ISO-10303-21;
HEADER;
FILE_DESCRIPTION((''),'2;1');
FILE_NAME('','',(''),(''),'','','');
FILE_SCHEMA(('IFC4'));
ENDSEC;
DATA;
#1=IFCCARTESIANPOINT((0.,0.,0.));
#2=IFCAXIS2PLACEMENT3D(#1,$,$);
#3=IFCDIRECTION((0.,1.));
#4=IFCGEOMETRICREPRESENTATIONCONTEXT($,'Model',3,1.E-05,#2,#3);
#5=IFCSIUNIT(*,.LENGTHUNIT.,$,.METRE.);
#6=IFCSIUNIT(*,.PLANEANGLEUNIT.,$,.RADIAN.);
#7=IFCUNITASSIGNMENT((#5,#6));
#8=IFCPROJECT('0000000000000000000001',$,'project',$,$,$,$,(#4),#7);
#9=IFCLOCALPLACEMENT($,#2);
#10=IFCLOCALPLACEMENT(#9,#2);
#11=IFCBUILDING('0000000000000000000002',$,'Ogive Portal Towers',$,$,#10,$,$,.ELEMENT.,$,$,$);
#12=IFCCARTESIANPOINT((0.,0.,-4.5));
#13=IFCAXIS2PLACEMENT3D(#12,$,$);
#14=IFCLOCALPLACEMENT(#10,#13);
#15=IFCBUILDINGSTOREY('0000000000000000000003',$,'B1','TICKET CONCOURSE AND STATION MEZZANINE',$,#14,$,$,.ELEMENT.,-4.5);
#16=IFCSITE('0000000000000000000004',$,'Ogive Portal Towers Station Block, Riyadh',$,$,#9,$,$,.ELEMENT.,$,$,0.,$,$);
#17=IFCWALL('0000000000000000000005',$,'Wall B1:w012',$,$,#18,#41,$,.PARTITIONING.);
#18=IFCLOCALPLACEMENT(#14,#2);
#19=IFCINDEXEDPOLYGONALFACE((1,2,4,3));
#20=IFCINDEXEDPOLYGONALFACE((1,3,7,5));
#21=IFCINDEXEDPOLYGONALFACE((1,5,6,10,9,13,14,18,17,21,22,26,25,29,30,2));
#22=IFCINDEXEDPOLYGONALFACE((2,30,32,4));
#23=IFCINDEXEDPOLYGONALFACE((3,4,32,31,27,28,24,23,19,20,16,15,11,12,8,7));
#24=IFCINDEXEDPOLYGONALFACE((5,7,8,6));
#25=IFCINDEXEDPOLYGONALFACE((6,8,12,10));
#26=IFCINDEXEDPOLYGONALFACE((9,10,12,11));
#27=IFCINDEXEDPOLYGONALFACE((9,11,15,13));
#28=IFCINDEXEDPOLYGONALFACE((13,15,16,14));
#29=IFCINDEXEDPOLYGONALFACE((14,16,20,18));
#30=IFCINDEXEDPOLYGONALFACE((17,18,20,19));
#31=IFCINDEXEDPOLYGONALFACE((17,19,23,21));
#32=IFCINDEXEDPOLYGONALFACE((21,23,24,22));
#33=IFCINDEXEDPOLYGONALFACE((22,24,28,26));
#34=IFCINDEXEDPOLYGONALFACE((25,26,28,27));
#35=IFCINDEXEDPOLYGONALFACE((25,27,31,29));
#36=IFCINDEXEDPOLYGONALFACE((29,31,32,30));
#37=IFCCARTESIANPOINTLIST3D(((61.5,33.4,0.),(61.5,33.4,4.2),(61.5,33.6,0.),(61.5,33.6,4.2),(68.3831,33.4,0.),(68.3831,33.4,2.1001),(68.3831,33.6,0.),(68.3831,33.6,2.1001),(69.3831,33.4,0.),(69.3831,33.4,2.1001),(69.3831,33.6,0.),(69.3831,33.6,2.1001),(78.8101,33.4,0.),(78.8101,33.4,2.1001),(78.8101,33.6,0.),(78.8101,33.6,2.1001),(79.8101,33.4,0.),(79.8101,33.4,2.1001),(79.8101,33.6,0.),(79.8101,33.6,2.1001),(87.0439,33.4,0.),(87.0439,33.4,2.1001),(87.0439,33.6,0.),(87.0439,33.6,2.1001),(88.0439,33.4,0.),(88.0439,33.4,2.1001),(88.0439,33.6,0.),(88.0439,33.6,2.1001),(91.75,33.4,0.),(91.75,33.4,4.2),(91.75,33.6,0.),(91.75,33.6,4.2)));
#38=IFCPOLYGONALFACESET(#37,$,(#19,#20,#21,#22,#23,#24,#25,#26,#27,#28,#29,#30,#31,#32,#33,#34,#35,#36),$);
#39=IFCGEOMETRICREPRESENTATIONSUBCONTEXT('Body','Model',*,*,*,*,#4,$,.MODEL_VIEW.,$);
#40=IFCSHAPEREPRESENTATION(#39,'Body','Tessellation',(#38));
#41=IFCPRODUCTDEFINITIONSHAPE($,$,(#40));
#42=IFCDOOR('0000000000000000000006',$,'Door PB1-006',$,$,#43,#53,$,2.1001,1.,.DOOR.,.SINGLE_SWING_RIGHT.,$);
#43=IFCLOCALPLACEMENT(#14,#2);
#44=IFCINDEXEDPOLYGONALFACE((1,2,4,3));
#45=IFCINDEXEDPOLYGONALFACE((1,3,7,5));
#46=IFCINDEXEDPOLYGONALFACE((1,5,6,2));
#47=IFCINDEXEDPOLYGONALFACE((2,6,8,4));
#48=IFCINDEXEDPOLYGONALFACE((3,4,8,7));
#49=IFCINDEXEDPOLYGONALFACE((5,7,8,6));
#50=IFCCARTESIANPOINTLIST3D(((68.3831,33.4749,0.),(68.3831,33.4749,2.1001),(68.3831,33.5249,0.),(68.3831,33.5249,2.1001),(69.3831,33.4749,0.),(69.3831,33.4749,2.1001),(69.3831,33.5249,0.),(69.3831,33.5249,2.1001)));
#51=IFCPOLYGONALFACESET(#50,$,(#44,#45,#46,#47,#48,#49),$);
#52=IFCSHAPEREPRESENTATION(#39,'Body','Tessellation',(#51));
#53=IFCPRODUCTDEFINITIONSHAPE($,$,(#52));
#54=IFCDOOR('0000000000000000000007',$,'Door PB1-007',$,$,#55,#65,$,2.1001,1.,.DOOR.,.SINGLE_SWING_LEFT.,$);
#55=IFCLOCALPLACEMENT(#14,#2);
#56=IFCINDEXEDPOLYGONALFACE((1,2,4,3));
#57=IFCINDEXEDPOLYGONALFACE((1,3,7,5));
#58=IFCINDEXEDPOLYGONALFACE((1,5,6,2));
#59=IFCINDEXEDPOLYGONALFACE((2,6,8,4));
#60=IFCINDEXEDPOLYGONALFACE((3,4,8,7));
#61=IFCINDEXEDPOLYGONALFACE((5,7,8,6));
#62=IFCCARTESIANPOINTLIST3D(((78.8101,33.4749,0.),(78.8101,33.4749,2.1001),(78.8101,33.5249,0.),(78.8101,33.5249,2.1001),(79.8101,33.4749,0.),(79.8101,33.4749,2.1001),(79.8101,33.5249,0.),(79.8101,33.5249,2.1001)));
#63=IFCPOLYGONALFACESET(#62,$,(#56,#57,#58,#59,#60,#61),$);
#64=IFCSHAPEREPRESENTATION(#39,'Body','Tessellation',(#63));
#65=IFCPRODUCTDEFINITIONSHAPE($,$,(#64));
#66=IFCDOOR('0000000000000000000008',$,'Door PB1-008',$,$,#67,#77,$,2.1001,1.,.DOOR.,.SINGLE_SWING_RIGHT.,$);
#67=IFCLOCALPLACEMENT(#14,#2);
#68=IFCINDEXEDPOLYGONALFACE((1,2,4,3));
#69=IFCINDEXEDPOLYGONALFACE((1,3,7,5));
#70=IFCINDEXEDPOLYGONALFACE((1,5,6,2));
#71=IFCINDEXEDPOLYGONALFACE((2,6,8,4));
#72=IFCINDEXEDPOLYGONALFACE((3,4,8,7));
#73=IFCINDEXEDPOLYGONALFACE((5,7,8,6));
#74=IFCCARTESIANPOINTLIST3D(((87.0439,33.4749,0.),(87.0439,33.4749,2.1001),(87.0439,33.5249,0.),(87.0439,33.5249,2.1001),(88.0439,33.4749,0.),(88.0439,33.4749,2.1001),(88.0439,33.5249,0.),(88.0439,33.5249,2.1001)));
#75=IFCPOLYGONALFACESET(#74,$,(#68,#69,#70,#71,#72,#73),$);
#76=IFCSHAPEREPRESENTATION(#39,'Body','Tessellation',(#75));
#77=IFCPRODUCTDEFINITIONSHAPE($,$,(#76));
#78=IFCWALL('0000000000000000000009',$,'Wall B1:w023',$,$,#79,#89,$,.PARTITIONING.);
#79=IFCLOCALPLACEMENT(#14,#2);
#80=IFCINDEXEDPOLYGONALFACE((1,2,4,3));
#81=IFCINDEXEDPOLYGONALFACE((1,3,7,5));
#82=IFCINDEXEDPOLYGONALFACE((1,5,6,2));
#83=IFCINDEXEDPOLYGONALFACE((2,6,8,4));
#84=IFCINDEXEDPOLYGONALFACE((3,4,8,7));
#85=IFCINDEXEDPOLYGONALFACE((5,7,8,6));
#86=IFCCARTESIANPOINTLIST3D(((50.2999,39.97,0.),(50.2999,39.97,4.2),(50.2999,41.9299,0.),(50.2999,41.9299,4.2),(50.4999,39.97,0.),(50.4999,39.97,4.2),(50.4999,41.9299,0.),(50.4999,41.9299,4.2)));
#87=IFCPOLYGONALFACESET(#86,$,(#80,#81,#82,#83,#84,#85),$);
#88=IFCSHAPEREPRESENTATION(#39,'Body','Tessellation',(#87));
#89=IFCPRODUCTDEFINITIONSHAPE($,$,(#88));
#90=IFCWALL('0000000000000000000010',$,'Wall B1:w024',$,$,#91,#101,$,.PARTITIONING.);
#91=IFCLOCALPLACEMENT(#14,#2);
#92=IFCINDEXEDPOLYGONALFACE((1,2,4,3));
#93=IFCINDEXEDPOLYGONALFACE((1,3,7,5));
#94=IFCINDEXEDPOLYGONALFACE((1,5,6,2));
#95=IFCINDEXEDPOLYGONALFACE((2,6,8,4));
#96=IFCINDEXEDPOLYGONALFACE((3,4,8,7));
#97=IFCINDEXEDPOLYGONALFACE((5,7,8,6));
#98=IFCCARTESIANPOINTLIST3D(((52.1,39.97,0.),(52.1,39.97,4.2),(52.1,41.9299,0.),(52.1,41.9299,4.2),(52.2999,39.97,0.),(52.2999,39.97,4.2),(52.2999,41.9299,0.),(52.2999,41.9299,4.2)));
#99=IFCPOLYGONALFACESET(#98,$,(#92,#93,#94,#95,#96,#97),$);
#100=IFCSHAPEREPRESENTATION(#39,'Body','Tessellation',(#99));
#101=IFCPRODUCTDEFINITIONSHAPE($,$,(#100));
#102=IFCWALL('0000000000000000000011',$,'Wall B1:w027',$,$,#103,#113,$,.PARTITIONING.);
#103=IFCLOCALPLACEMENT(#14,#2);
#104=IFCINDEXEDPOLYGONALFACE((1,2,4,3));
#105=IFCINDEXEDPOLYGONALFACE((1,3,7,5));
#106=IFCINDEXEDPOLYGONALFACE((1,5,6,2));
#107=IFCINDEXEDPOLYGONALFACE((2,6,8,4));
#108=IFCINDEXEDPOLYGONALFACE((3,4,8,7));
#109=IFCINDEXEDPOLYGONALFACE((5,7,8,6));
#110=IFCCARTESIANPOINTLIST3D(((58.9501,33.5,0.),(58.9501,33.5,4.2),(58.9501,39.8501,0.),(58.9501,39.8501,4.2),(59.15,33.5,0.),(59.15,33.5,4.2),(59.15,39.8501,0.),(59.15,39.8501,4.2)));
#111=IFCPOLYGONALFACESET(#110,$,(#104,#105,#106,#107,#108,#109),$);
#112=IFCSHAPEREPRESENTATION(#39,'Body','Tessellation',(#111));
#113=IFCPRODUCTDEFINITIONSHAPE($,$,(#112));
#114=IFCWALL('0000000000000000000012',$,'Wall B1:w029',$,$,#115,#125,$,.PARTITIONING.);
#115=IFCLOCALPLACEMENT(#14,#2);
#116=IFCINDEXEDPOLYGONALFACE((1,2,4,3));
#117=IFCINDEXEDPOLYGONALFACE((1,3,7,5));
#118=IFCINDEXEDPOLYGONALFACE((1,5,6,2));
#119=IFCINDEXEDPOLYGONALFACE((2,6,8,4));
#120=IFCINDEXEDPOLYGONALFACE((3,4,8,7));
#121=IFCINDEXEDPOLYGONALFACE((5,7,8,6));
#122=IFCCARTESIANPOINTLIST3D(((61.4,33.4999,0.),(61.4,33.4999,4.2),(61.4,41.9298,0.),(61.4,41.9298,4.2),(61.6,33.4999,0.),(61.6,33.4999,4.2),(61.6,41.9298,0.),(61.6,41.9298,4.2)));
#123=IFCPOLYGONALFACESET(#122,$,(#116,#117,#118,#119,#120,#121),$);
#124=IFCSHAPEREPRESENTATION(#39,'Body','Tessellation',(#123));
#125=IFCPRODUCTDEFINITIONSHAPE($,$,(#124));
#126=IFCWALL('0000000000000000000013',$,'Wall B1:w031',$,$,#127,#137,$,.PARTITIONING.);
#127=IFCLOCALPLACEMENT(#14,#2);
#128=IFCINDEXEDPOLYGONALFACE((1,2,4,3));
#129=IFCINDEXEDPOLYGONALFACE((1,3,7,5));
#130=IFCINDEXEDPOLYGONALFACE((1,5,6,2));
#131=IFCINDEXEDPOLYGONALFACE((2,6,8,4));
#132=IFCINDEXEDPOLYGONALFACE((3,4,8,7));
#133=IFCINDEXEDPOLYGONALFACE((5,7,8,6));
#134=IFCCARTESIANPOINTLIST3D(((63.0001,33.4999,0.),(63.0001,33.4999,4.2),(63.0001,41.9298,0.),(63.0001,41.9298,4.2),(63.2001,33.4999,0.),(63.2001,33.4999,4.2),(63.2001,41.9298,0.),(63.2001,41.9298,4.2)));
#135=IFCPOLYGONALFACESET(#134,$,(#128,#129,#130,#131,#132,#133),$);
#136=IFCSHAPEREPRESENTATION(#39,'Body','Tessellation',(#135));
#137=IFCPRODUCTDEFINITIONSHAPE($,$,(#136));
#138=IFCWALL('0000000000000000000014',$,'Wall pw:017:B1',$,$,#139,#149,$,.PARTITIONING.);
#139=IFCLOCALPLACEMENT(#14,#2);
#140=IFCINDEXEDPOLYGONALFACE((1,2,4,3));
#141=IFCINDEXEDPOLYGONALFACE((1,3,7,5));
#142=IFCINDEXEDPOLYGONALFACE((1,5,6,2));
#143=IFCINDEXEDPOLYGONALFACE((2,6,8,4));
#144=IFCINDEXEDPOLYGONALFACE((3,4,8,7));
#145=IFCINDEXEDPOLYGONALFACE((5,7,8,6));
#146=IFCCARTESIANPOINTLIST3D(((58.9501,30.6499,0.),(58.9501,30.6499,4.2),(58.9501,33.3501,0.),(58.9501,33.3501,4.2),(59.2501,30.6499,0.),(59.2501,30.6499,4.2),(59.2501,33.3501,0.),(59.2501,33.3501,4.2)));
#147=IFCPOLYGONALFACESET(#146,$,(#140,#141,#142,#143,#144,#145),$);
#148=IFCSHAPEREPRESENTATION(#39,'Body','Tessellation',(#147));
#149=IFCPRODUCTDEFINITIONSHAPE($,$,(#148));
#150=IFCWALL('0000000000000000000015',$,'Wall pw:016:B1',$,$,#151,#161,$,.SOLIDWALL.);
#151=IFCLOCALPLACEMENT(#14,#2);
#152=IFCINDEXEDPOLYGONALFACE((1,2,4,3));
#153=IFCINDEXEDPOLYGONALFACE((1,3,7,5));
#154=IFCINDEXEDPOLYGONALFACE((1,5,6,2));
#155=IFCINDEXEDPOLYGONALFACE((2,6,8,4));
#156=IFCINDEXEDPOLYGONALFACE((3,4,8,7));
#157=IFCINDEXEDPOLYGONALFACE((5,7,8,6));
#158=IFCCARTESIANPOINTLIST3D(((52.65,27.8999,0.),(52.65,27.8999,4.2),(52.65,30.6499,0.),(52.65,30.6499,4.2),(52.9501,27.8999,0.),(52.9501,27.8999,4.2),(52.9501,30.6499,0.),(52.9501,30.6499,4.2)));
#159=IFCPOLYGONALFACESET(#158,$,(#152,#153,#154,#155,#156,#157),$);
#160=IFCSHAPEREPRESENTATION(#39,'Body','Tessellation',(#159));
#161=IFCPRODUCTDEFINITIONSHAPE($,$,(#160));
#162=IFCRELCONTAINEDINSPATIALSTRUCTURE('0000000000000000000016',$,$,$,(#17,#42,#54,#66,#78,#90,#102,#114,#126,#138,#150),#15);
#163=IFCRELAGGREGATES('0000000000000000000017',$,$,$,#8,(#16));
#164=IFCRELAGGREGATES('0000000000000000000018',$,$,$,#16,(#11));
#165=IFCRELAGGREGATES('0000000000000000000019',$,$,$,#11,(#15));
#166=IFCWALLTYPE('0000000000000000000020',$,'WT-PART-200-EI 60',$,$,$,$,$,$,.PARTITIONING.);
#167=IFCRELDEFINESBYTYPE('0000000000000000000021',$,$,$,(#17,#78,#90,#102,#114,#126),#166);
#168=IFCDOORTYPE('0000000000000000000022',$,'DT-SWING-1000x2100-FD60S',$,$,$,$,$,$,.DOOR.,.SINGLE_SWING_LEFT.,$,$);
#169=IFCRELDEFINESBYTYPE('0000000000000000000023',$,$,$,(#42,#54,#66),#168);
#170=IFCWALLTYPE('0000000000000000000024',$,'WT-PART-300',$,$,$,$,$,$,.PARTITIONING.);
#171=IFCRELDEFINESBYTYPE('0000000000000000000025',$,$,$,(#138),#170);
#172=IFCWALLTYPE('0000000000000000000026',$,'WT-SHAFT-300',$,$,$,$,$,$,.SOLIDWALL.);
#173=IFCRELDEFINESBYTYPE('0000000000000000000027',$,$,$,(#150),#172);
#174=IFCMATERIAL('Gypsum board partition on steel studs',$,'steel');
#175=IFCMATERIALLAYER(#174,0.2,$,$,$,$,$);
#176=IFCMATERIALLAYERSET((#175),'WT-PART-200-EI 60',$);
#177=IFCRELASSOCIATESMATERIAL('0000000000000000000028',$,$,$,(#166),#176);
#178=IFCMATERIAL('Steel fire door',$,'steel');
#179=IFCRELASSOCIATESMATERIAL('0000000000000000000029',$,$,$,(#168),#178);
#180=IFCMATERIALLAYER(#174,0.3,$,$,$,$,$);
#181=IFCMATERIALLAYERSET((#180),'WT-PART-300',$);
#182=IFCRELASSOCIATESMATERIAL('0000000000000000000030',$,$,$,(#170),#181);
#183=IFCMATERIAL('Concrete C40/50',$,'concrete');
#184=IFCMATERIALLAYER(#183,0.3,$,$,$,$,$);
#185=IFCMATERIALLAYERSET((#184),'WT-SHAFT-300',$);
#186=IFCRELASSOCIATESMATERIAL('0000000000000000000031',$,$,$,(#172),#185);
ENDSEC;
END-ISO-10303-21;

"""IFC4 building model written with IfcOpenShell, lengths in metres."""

from ifc_helpers import new_model, si_unit, direction, frame, frame_2d, origin, place, context, subcontext, project, spatial, rectangle, extrude, material, layer, layer_set, type_object, element, fill, save


model = new_model("IFC4")

# Units and contexts
model_context = context("Model", 3, precision=1e-05, world=origin(), true_north=direction((0.0, 1.0)))
body_context = subcontext(model_context, "Body", "Model", "MODEL_VIEW")
ifc_project = project(units=[si_unit("LENGTHUNIT", "METRE"), si_unit("PLANEANGLEUNIT", "RADIAN")], contexts=[model_context])

# Site, building, storey
site_placement = place(None, origin())
site = spatial("IfcSite", under=ifc_project, at=site_placement, Name="Ogive Portal Towers Station Block, Riyadh", CompositionType="ELEMENT", RefElevation=0.0)
building_placement = place(site_placement, origin())
building = spatial("IfcBuilding", under=site, at=building_placement, Name="Ogive Portal Towers", CompositionType="ELEMENT")
storey_placement = place(building_placement, frame((0.0, 0.0, -4.5)))
storey = spatial("IfcBuildingStorey", under=building, at=storey_placement, Name="B1", Description="TICKET CONCOURSE AND STATION MEZZANINE", CompositionType="ELEMENT", Elevation=-4.5)

# Shared definitions
ifc_material_1 = material(Name="Gypsum board partition on steel studs", Category="steel")
ifc_layer_1 = layer(ifc_material_1, 0.2)
ifc_layer_set_1 = layer_set([ifc_layer_1], Name="WT-PART-200-EI 60")
wall_type_1 = type_object("IfcWallType", Name="WT-PART-200-EI 60", PredefinedType="PARTITIONING", material=ifc_layer_set_1)
ifc_material_2 = material(Name="Steel fire door", Category="steel")

# Wall, openings, doors
wall_1_placement = place(storey_placement, frame((61.5, 33.5, 0.0), z_axis=(0.0, 0.0, 1.0), x_axis=(1.0, 0.0, 0.0)))
wall_1 = element("IfcWall", 1, at=wall_1_placement, inside=storey, type_object=wall_type_1, Name="Wall B1:w012", PredefinedType="PARTITIONING", context=body_context, shape_type="SweptSolid", body=[
    extrude(rectangle(XDim=30.25, YDim=0.2, at=frame_2d((15.125, 0.0))), origin(), (0.0, 0.0, 1.0), 4.2),
])
opening_1_placement = place(wall_1_placement, frame((6.8831, 0.0, 0.0)))
opening_1 = element("IfcOpeningElement", 2, at=opening_1_placement, cuts=wall_1, PredefinedType="OPENING", context=body_context, shape_type="SweptSolid", body=[
    extrude(rectangle(XDim=1.0, YDim=2.1001, at=frame_2d((0.5, 1.05))), frame((0.0, 0.1099, 0.0), z_axis=(0.0, -1.0, 0.0), x_axis=(1.0, 0.0, 0.0)), (0.0, 0.0, 1.0), 0.22),
])
opening_2_placement = place(wall_1_placement, frame((17.3101, 0.0, 0.0)))
opening_2 = element("IfcOpeningElement", 3, at=opening_2_placement, cuts=wall_1, PredefinedType="OPENING", context=body_context, shape_type="SweptSolid", body=[
    extrude(rectangle(XDim=1.0, YDim=2.1001, at=frame_2d((0.5, 1.05))), frame((0.0, 0.1099, 0.0), z_axis=(0.0, -1.0, 0.0), x_axis=(1.0, 0.0, 0.0)), (0.0, 0.0, 1.0), 0.22),
])
opening_3_placement = place(wall_1_placement, frame((25.5439, 0.0, 0.0)))
opening_3 = element("IfcOpeningElement", 4, at=opening_3_placement, cuts=wall_1, PredefinedType="OPENING", context=body_context, shape_type="SweptSolid", body=[
    extrude(rectangle(XDim=1.0, YDim=2.1001, at=frame_2d((0.5, 1.05))), frame((0.0, 0.1099, 0.0), z_axis=(0.0, -1.0, 0.0), x_axis=(1.0, 0.0, 0.0)), (0.0, 0.0, 1.0), 0.22),
])
door_type_1 = type_object("IfcDoorType", Name="DT-SWING-1000x2100-FD60S", OperationType="SINGLE_SWING_LEFT", PredefinedType="DOOR", material=ifc_material_2)
door_1_placement = place(opening_1_placement, origin())
door_1 = element("IfcDoor", 5, at=door_1_placement, inside=storey, type_object=door_type_1, Name="Door PB1-006", OperationType="SINGLE_SWING_RIGHT", OverallHeight=2.1001, OverallWidth=1.0, PredefinedType="DOOR", context=body_context, shape_type="SweptSolid", body=[
    extrude(rectangle(XDim=1.0, YDim=2.1001, at=frame_2d((0.5, 1.05))), frame((0.0, 0.0249, 0.0), z_axis=(0.0, -1.0, 0.0), x_axis=(1.0, 0.0, 0.0)), (0.0, 0.0, 1.0), 0.05),
])
fill(opening_1, door_1)
door_2_placement = place(opening_2_placement, origin())
door_2 = element("IfcDoor", 6, at=door_2_placement, inside=storey, type_object=door_type_1, Name="Door PB1-007", OperationType="SINGLE_SWING_LEFT", OverallHeight=2.1001, OverallWidth=1.0, PredefinedType="DOOR", context=body_context, shape_type="SweptSolid", body=[
    extrude(rectangle(XDim=1.0, YDim=2.1001, at=frame_2d((0.5, 1.05))), frame((0.0, 0.0249, 0.0), z_axis=(0.0, -1.0, 0.0), x_axis=(1.0, 0.0, 0.0)), (0.0, 0.0, 1.0), 0.05),
])
fill(opening_2, door_2)
door_3_placement = place(opening_3_placement, origin())
door_3 = element("IfcDoor", 7, at=door_3_placement, inside=storey, type_object=door_type_1, Name="Door PB1-008", OperationType="SINGLE_SWING_RIGHT", OverallHeight=2.1001, OverallWidth=1.0, PredefinedType="DOOR", context=body_context, shape_type="SweptSolid", body=[
    extrude(rectangle(XDim=1.0, YDim=2.1001, at=frame_2d((0.5, 1.05))), frame((0.0, 0.0249, 0.0), z_axis=(0.0, -1.0, 0.0), x_axis=(1.0, 0.0, 0.0)), (0.0, 0.0, 1.0), 0.05),
])
fill(opening_3, door_3)

# Walls
for number, where, z_axis, x_axis, name in (
    (8, (50.3999, 39.97, 0.0), (0.0, 0.0, 1.0), (0.0, 1.0, 0.0), "Wall B1:w023"),
    (9, (52.2, 39.97, 0.0), (0.0, 0.0, 1.0), (0.0, 1.0, 0.0), "Wall B1:w024"),
):
    element("IfcWall", number, at=place(storey_placement, frame(where, z_axis=z_axis, x_axis=x_axis)), inside=storey, type_object=wall_type_1, Name=name, PredefinedType="PARTITIONING", context=body_context, shape_type="SweptSolid", body=[
        extrude(rectangle(XDim=1.96, YDim=0.2, at=frame_2d((0.98, 0.0))), origin(), (0.0, 0.0, 1.0), 4.2),
    ])
wall_2_placement = place(storey_placement, frame((59.05, 33.5, 0.0), z_axis=(0.0, 0.0, 1.0), x_axis=(0.0, 1.0, 0.0)))
element("IfcWall", 10, at=wall_2_placement, inside=storey, type_object=wall_type_1, Name="Wall B1:w027", PredefinedType="PARTITIONING", context=body_context, shape_type="SweptSolid", body=[
    extrude(rectangle(XDim=6.3501, YDim=0.2, at=frame_2d((3.175, 0.0))), origin(), (0.0, 0.0, 1.0), 4.2),
])
for number, where, z_axis, x_axis, name in (
    (11, (61.5, 33.5, 0.0), (0.0, 0.0, 1.0), (0.0, 1.0, 0.0), "Wall B1:w029"),
    (12, (63.1001, 33.5, 0.0), (0.0, 0.0, 1.0), (0.0, 1.0, 0.0), "Wall B1:w031"),
):
    element("IfcWall", number, at=place(storey_placement, frame(where, z_axis=z_axis, x_axis=x_axis)), inside=storey, type_object=wall_type_1, Name=name, PredefinedType="PARTITIONING", context=body_context, shape_type="SweptSolid", body=[
        extrude(rectangle(XDim=8.4299, YDim=0.2, at=frame_2d((4.2148, 0.0))), origin(), (0.0, 0.0, 1.0), 4.2),
    ])
ifc_layer_2 = layer(ifc_material_1, 0.3)
ifc_layer_set_2 = layer_set([ifc_layer_2], Name="WT-PART-300")
wall_type_2 = type_object("IfcWallType", Name="WT-PART-300", PredefinedType="PARTITIONING", material=ifc_layer_set_2)
wall_3_placement = place(storey_placement, frame((59.1001, 30.6499, 0.0), z_axis=(0.0, 0.0, 1.0), x_axis=(0.0, 1.0, 0.0)))
element("IfcWall", 13, at=wall_3_placement, inside=storey, type_object=wall_type_2, Name="Wall pw:017:B1", PredefinedType="PARTITIONING", context=body_context, shape_type="SweptSolid", body=[
    extrude(rectangle(XDim=2.7002, YDim=0.3, at=frame_2d((1.3501, 0.0))), origin(), (0.0, 0.0, 1.0), 4.2),
])
ifc_material_3 = material(Name="Concrete C40/50", Category="concrete")
ifc_layer_3 = layer(ifc_material_3, 0.3)
ifc_layer_set_3 = layer_set([ifc_layer_3], Name="WT-SHAFT-300")
wall_type_3 = type_object("IfcWallType", Name="WT-SHAFT-300", PredefinedType="SOLIDWALL", material=ifc_layer_set_3)
wall_4_placement = place(storey_placement, frame((52.8, 27.8999, 0.0), z_axis=(0.0, 0.0, 1.0), x_axis=(0.0, 1.0, 0.0)))
element("IfcWall", 14, at=wall_4_placement, inside=storey, type_object=wall_type_3, Name="Wall pw:016:B1", PredefinedType="SOLIDWALL", context=body_context, shape_type="SweptSolid", body=[
    extrude(rectangle(XDim=2.75, YDim=0.3, at=frame_2d((1.375, 0.0))), origin(), (0.0, 0.0, 1.0), 4.2),
])

save(model, "model.ifc")
